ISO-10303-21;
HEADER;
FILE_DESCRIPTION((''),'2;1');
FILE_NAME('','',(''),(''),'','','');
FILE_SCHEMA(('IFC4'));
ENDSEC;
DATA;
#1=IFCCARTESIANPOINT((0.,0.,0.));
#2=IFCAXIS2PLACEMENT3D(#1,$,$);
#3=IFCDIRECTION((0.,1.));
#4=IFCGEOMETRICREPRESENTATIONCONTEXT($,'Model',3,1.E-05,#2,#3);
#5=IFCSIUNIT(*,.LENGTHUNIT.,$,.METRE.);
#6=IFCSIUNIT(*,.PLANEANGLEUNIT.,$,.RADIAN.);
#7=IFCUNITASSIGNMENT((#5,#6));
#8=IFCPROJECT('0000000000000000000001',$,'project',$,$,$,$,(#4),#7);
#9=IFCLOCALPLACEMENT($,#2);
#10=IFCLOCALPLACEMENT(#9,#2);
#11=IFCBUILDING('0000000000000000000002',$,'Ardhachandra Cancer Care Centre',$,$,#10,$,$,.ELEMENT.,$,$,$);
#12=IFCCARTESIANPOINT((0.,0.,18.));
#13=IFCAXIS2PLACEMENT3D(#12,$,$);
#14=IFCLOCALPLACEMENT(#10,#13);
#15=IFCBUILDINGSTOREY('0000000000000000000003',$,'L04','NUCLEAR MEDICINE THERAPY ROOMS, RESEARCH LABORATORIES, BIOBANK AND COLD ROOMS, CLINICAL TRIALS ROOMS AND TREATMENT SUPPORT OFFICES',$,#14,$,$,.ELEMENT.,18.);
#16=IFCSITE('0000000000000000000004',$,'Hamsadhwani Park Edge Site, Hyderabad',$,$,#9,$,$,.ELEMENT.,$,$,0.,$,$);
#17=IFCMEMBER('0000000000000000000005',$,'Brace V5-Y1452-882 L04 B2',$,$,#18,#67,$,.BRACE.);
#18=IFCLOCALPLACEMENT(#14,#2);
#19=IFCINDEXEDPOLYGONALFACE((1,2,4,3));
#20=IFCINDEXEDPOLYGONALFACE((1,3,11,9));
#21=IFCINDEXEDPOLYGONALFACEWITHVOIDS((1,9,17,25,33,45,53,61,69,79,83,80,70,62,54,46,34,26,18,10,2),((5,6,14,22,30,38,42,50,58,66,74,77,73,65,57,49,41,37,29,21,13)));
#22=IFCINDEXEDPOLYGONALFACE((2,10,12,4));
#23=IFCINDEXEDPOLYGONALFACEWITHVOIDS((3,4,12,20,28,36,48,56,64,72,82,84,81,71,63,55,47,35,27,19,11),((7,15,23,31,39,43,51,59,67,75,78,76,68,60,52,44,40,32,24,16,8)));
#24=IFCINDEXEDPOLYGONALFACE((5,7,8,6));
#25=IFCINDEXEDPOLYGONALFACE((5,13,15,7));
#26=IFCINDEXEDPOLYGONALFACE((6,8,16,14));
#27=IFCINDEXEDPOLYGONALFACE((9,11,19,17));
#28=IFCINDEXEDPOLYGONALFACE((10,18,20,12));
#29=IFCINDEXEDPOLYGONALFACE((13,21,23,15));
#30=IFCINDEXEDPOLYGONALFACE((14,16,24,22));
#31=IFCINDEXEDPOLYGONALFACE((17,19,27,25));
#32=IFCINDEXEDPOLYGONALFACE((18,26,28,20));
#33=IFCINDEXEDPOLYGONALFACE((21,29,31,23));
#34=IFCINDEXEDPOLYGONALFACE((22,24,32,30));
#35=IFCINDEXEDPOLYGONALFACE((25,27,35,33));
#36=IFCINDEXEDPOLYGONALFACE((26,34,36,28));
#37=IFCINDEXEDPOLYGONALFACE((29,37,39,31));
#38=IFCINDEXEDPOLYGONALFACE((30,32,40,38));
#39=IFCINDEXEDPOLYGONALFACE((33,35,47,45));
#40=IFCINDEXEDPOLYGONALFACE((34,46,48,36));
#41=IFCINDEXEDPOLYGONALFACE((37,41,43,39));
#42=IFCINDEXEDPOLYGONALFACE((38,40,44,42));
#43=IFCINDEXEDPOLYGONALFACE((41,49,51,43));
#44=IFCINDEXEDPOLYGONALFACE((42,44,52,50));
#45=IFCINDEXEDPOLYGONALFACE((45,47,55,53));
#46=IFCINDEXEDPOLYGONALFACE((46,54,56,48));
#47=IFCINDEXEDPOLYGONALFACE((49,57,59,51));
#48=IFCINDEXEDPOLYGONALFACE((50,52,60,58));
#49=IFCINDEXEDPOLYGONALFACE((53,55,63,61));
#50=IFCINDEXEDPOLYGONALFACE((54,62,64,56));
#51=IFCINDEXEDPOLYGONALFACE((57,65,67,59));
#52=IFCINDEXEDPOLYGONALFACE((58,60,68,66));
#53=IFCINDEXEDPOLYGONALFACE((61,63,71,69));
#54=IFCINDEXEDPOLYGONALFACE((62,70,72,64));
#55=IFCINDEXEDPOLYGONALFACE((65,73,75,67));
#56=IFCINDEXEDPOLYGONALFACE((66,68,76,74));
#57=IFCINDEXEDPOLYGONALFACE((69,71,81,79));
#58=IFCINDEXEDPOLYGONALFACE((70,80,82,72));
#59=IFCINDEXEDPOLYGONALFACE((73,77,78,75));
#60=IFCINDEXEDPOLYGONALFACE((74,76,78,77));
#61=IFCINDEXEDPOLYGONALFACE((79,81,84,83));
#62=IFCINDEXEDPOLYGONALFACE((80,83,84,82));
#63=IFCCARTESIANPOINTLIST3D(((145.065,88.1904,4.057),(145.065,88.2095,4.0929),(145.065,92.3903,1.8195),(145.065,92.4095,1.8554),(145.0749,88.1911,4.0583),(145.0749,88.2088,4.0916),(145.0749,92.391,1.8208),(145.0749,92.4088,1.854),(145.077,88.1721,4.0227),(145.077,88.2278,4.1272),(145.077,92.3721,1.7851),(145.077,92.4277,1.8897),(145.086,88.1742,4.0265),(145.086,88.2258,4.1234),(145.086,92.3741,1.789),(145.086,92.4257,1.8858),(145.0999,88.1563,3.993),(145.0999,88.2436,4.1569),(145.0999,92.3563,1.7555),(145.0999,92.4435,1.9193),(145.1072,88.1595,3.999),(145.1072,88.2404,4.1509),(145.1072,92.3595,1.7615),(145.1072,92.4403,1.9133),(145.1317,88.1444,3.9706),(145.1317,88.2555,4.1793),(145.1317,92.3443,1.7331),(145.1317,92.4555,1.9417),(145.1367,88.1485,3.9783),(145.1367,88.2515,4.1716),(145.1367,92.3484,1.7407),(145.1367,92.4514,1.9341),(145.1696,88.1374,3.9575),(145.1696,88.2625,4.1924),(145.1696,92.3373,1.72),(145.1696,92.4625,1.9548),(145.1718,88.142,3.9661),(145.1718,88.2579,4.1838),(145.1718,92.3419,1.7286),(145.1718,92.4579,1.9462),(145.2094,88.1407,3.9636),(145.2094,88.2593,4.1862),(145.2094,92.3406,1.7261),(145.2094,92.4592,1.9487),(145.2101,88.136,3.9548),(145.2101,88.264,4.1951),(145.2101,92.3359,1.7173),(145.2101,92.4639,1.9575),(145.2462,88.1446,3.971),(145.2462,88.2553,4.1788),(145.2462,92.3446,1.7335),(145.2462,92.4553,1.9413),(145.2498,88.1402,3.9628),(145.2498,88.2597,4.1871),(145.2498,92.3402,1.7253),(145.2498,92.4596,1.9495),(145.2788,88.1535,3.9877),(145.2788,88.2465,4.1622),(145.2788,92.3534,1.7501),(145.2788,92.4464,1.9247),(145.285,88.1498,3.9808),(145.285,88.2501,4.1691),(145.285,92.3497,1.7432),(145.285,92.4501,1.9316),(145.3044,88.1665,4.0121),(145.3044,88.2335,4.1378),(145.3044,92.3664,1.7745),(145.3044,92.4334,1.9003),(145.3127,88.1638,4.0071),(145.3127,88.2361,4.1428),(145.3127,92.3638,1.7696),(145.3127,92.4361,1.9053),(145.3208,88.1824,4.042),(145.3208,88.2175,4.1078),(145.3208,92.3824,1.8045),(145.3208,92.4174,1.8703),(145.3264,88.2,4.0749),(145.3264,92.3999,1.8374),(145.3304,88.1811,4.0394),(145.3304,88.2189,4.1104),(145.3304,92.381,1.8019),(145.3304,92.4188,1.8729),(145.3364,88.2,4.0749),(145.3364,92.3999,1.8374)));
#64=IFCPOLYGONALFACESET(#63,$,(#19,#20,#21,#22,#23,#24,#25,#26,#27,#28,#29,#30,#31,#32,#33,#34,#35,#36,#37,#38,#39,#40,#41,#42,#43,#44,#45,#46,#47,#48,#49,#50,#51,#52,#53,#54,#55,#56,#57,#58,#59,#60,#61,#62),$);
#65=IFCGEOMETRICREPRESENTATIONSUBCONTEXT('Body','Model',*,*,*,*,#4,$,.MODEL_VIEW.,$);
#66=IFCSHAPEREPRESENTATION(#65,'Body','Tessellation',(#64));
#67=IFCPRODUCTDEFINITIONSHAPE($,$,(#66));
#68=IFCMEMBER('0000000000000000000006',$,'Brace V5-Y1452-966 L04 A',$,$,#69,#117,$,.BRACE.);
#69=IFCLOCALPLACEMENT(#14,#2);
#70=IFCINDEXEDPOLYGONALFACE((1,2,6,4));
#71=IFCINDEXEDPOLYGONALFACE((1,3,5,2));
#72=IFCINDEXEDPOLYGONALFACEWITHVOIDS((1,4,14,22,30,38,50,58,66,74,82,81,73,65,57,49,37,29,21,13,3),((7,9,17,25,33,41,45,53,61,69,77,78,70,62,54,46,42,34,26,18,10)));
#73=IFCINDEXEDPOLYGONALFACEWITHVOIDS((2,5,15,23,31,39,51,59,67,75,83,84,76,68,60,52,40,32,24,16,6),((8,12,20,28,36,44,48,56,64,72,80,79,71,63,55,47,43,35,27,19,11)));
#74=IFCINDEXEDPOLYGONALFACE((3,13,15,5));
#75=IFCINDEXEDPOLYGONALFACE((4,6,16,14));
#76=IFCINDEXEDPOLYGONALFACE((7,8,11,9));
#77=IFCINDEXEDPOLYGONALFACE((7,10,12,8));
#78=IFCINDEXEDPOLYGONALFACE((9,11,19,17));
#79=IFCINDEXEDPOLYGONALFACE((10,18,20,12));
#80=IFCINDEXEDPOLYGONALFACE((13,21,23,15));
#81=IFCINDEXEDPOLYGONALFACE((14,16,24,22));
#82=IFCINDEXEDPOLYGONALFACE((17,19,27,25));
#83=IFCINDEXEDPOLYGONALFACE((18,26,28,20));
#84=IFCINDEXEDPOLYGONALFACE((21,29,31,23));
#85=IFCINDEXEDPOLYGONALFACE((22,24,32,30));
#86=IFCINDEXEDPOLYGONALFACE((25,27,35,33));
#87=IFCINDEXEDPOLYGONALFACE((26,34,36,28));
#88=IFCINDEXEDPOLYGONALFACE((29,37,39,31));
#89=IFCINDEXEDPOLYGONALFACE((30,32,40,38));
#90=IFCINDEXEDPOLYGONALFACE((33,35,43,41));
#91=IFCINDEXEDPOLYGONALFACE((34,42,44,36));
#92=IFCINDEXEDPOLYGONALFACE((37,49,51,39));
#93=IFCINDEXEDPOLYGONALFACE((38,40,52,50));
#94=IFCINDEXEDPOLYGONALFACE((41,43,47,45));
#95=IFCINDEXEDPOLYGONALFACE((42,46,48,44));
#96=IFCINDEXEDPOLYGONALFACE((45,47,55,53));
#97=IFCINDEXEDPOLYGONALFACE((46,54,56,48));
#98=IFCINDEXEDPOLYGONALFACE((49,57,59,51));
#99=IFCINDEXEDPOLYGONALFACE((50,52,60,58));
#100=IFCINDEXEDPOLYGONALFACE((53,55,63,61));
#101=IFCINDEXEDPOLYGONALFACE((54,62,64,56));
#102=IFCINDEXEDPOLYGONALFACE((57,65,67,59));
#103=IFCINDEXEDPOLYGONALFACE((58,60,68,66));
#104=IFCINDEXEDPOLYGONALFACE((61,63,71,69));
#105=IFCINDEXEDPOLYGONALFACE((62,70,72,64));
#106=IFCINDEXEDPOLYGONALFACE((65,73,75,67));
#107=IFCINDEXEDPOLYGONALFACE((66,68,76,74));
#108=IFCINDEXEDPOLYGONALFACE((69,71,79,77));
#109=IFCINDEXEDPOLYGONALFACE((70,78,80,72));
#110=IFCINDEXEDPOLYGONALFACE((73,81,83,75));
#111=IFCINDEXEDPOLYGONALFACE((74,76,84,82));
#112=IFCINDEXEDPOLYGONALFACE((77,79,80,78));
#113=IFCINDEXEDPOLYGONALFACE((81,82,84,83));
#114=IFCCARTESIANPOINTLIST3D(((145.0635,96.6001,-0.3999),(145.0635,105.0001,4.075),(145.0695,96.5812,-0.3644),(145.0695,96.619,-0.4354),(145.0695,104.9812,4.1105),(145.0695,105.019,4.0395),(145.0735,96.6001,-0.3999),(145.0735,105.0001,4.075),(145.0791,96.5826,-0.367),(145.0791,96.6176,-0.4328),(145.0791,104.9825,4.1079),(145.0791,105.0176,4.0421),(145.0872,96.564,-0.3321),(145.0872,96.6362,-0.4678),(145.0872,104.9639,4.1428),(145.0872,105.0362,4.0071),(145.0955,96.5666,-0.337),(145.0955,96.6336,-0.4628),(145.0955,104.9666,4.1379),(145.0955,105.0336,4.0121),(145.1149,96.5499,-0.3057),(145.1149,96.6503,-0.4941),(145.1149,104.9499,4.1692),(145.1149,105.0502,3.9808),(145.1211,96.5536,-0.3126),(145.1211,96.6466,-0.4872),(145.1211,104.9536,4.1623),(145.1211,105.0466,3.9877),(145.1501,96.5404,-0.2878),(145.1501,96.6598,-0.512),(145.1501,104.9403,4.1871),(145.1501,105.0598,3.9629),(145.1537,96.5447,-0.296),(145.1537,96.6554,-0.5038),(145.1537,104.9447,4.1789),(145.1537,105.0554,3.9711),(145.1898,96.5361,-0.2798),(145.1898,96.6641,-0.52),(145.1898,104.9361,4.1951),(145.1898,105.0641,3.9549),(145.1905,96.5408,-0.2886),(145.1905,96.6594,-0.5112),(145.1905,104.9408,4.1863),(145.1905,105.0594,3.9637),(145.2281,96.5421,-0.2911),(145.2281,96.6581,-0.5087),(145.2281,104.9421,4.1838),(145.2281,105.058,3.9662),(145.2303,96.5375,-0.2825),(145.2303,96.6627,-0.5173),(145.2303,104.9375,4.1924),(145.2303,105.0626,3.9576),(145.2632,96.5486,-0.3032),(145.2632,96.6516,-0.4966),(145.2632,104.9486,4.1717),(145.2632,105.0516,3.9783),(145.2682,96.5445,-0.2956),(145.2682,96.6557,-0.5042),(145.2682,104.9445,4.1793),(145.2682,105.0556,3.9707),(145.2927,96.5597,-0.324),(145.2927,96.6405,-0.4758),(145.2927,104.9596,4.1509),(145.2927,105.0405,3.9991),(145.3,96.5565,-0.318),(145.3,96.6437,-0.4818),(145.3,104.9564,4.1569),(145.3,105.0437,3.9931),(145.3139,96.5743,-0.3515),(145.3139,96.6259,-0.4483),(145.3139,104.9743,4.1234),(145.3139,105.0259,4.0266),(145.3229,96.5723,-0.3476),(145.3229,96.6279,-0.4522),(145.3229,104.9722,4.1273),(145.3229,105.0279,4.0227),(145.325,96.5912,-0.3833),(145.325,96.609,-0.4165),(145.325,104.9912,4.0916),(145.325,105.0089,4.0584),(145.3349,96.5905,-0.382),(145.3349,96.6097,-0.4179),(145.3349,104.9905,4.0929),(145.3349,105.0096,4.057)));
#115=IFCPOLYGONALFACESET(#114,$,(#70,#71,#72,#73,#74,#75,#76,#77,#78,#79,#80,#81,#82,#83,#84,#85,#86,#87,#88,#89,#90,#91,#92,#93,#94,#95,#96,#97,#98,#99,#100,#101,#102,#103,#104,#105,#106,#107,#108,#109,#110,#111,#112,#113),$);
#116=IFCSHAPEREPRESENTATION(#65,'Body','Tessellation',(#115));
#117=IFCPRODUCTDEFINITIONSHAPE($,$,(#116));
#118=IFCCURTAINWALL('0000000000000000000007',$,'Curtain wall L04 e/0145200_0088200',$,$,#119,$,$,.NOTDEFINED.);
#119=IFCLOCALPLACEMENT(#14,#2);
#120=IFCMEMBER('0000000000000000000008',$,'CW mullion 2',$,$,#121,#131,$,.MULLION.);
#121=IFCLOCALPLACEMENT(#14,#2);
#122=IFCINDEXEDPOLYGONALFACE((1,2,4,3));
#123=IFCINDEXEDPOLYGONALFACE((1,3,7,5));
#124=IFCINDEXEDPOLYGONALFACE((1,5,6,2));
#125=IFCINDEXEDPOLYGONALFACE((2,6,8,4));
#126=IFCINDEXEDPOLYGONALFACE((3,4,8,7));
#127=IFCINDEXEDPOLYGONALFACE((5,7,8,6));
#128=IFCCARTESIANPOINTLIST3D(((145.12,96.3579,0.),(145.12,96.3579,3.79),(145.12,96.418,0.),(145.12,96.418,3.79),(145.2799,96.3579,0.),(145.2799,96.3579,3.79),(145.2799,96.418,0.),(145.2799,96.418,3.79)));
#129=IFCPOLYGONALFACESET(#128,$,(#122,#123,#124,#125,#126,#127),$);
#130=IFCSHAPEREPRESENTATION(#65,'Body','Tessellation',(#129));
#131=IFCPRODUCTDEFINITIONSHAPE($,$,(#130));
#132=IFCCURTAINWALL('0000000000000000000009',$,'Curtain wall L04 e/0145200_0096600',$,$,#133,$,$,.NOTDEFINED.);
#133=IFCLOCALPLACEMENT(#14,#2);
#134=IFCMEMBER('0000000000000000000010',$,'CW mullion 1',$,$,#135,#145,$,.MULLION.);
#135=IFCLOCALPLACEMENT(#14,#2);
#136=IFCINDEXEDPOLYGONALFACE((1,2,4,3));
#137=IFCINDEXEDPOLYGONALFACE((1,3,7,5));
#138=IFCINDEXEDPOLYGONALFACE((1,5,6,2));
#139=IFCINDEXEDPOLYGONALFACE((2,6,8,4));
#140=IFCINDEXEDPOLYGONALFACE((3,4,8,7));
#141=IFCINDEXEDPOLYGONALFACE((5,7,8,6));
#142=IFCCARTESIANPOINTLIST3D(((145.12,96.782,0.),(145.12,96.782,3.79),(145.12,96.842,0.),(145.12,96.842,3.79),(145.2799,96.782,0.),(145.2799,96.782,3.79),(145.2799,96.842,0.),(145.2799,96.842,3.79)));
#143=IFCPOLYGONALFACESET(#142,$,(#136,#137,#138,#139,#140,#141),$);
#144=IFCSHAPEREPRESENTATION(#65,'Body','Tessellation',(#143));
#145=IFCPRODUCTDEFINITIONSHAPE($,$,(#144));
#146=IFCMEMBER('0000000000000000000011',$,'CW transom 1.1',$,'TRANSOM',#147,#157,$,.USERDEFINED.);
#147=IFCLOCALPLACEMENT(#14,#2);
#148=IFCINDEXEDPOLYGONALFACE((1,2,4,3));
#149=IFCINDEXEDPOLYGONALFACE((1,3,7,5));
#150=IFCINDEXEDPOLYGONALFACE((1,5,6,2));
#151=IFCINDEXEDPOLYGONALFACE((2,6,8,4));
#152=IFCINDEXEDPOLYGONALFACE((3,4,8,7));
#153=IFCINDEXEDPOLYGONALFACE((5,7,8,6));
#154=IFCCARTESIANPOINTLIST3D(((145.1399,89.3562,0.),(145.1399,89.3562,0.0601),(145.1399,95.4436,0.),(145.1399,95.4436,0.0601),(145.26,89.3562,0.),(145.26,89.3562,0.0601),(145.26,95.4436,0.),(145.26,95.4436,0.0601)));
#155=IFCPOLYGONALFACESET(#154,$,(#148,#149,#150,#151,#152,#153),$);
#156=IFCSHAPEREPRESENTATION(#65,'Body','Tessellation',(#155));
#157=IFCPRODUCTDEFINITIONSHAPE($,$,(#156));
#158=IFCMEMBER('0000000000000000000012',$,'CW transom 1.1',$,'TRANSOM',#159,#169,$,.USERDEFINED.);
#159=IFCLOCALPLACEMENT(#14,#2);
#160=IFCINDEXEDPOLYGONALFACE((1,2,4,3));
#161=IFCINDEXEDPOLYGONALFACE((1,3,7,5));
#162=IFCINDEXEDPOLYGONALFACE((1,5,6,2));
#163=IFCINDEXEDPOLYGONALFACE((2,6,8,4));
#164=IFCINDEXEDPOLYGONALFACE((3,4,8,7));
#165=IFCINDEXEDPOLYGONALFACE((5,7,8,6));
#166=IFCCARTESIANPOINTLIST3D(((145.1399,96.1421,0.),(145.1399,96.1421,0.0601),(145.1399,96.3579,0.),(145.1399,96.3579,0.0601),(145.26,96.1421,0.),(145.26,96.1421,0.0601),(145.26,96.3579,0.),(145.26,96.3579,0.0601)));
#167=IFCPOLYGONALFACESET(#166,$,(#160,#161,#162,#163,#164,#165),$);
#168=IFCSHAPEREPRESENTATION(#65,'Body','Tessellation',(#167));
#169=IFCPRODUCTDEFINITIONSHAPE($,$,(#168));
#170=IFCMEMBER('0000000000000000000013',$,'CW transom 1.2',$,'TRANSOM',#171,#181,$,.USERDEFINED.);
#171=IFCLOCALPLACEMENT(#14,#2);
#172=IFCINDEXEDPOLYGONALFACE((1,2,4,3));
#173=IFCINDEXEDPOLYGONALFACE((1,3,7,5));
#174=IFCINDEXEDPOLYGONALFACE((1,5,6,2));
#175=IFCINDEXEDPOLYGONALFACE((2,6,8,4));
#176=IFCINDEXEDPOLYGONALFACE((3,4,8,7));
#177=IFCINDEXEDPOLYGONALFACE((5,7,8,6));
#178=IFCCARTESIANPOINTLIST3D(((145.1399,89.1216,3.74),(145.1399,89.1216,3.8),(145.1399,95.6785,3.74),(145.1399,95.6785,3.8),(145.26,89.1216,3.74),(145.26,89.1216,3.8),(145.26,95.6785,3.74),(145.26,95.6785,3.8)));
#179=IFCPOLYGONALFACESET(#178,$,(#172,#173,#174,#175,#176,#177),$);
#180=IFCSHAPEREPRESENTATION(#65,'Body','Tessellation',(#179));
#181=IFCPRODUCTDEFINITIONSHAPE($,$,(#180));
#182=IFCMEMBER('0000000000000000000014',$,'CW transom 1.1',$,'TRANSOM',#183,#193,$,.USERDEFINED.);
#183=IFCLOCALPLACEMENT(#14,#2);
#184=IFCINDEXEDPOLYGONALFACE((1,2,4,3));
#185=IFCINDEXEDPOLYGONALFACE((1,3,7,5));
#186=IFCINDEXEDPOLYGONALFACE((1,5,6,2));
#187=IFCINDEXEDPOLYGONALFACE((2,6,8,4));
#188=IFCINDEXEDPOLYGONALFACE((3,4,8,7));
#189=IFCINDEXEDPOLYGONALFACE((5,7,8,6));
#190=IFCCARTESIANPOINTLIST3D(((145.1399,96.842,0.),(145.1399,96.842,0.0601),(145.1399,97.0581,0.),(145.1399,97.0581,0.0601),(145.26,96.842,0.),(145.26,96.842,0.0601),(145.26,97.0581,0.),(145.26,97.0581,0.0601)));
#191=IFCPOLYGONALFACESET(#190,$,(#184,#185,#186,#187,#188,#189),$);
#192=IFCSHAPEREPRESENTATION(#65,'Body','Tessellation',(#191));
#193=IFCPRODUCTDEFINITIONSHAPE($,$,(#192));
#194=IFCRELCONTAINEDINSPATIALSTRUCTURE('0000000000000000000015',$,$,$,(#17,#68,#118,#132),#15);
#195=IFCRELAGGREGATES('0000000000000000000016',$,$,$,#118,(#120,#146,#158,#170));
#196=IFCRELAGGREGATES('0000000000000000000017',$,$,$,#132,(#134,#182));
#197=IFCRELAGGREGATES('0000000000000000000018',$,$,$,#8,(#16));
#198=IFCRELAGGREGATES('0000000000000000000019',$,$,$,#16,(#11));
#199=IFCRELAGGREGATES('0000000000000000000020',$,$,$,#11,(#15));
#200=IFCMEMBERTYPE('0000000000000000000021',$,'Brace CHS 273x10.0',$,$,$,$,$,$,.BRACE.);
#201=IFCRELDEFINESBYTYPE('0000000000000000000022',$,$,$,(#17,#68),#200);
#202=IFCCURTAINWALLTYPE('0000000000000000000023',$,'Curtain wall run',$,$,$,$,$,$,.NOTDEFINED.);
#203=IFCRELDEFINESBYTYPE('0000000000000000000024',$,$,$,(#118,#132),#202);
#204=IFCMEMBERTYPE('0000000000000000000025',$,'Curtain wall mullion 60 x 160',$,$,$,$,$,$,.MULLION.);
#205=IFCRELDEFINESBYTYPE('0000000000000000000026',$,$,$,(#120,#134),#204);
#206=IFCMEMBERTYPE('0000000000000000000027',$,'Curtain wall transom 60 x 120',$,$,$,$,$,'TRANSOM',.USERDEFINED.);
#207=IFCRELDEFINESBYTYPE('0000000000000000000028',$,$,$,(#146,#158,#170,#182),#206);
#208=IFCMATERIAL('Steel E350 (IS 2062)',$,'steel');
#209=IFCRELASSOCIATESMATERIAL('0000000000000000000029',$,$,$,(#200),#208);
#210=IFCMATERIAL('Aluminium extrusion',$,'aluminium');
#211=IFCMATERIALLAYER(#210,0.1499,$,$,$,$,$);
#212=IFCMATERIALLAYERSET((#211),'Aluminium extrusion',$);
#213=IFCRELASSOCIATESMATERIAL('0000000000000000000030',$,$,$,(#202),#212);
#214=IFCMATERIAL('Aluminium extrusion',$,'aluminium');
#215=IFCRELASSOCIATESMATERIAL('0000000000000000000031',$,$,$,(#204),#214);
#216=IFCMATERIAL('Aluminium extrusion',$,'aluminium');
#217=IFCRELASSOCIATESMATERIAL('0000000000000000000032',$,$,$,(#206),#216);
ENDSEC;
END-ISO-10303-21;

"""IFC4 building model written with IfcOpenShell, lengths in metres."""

from ifc_helpers import new_model, si_unit, direction, frame, origin, origin_2d, place, context, subcontext, project, spatial, rectangle, hollow_circle, extrude, material, layer, layer_set, material_profile, profile_set, type_object, element, aggregate, save


model = new_model("IFC4")

# Units and contexts
model_context = context("Model", 3, precision=1e-05, world=origin(), true_north=direction((0.0, 1.0)))
body_context = subcontext(model_context, "Body", "Model", "MODEL_VIEW")
ifc_project = project(units=[si_unit("LENGTHUNIT", "METRE"), si_unit("PLANEANGLEUNIT", "RADIAN")], contexts=[model_context])

# Site, building, storey
site_placement = place(None, origin())
site = spatial("IfcSite", under=ifc_project, at=site_placement, Name="Hamsadhwani Park Edge Site, Hyderabad", CompositionType="ELEMENT", RefElevation=0.0)
building_placement = place(site_placement, origin())
building = spatial("IfcBuilding", under=site, at=building_placement, Name="Ardhachandra Cancer Care Centre", CompositionType="ELEMENT")
storey_placement = place(building_placement, frame((0.0, 0.0, 18.0)))
storey = spatial("IfcBuildingStorey", under=building, at=storey_placement, Name="L04", Description="NUCLEAR MEDICINE THERAPY ROOMS, RESEARCH LABORATORIES, BIOBANK AND COLD ROOMS, CLINICAL TRIALS ROOMS AND TREATMENT SUPPORT OFFICES", CompositionType="ELEMENT", Elevation=18.0)

# Members
ifc_material_1 = material(Name="Steel E350 (IS 2062)", Category="steel")
ifc_material_profile_1 = material_profile(ifc_material_1, hollow_circle(Radius=0.1365, WallThickness=0.01, at=origin_2d()), Name="CHS 273x10.0")
ifc_profile_set_1 = profile_set([ifc_material_profile_1], Name="Steel E350 (IS 2062)")
member_type_1 = type_object("IfcMemberType", Name="Brace CHS 273x10.0", PredefinedType="BRACE", material=ifc_profile_set_1)
for number, where, z_axis, x_axis, name in (
    (1, (145.2, 92.3999, 1.8374), (0.0, -0.882564, 0.470191), (1.0, 0.0, 0.0), "Brace V5-Y1452-882 L04 B2"),
):
    element("IfcMember", number, at=place(storey_placement, frame(where, z_axis=z_axis, x_axis=x_axis)), inside=storey, type_object=member_type_1, Name=name, PredefinedType="BRACE", context=body_context, shape_type="SweptSolid", body=[
        extrude(hollow_circle(Radius=0.1365, WallThickness=0.01, at=origin_2d()), origin(), (0.0, 0.0, 1.0), 4.7588),
    ])
member_1_placement = place(storey_placement, frame((145.2, 96.6001, -0.3999), z_axis=(0.0, 0.882575, 0.470171), x_axis=(-1.0, 0.0, 0.0)))
element("IfcMember", 2, at=member_1_placement, inside=storey, type_object=member_type_1, Name="Brace V5-Y1452-966 L04 A", PredefinedType="BRACE", context=body_context, shape_type="SweptSolid", body=[
    extrude(hollow_circle(Radius=0.1365, WallThickness=0.01, at=origin_2d()), origin(), (0.0, 0.0, 1.0), 9.5176),
])

# Curtain walls, members
ifc_material_2 = material(Name="Aluminium extrusion", Category="aluminium")
ifc_layer_1 = layer(ifc_material_2, 0.1499)
ifc_layer_set_1 = layer_set([ifc_layer_1], Name="Aluminium extrusion")
curtain_wall_type = type_object("IfcCurtainWallType", Name="Curtain wall run", PredefinedType="NOTDEFINED", material=ifc_layer_set_1)
curtain_wall_1_placement = place(storey_placement, origin())
curtain_wall_1 = element("IfcCurtainWall", 3, at=curtain_wall_1_placement, inside=storey, type_object=curtain_wall_type, Name="Curtain wall L04 e/0145200_0088200", PredefinedType="NOTDEFINED")
ifc_material_3 = material(Name="Aluminium extrusion", Category="aluminium")
ifc_material_profile_2 = material_profile(ifc_material_3, rectangle(XDim=0.1599, YDim=0.0601, at=origin_2d()), Name="Curtain wall mullion 60 x 160")
ifc_profile_set_2 = profile_set([ifc_material_profile_2], Name="Aluminium extrusion")
member_type_2 = type_object("IfcMemberType", Name="Curtain wall mullion 60 x 160", PredefinedType="MULLION", material=ifc_profile_set_2)
member_2_placement = place(storey_placement, frame((145.2, 96.3879, 0.0), z_axis=(0.0, 0.0, 1.0), x_axis=(-1.0, 0.0, 0.0)))
member_2 = element("IfcMember", 4, at=member_2_placement, type_object=member_type_2, Name="CW mullion 2", PredefinedType="MULLION", context=body_context, shape_type="SweptSolid", body=[
    extrude(rectangle(XDim=0.1599, YDim=0.0601, at=origin_2d()), origin(), (0.0, 0.0, 1.0), 3.79),
])
curtain_wall_2_placement = place(storey_placement, origin())
curtain_wall_2 = element("IfcCurtainWall", 5, at=curtain_wall_2_placement, inside=storey, type_object=curtain_wall_type, Name="Curtain wall L04 e/0145200_0096600", PredefinedType="NOTDEFINED")
member_3_placement = place(storey_placement, frame((145.2, 96.812, 0.0), z_axis=(0.0, 0.0, 1.0), x_axis=(-1.0, 0.0, 0.0)))
member_3 = element("IfcMember", 6, at=member_3_placement, type_object=member_type_2, Name="CW mullion 1", PredefinedType="MULLION", context=body_context, shape_type="SweptSolid", body=[
    extrude(rectangle(XDim=0.1599, YDim=0.0601, at=origin_2d()), origin(), (0.0, 0.0, 1.0), 3.79),
])

# Members
ifc_material_4 = material(Name="Aluminium extrusion", Category="aluminium")
ifc_material_profile_3 = material_profile(ifc_material_4, rectangle(XDim=0.1201, YDim=0.0601, at=origin_2d()), Name="Curtain wall transom 60 x 120")
ifc_profile_set_3 = profile_set([ifc_material_profile_3], Name="Aluminium extrusion")
member_type_3 = type_object("IfcMemberType", Name="Curtain wall transom 60 x 120", ElementType="TRANSOM", PredefinedType="USERDEFINED", material=ifc_profile_set_3)
member_4_placement = place(storey_placement, frame((145.2, 89.3562, 0.03), z_axis=(0.0, 1.0, 0.0), x_axis=(-1.0, 0.0, 0.0)))
member_4 = element("IfcMember", 7, at=member_4_placement, type_object=member_type_3, Name="CW transom 1.1", ObjectType="TRANSOM", PredefinedType="USERDEFINED", context=body_context, shape_type="SweptSolid", body=[
    extrude(rectangle(XDim=0.1201, YDim=0.0601, at=origin_2d()), origin(), (0.0, 0.0, 1.0), 6.0874),
])
member_5_placement = place(storey_placement, frame((145.2, 96.1421, 0.03), z_axis=(0.0, 1.0, 0.0), x_axis=(-1.0, 0.0, 0.0)))
member_5 = element("IfcMember", 8, at=member_5_placement, type_object=member_type_3, Name="CW transom 1.1", ObjectType="TRANSOM", PredefinedType="USERDEFINED", context=body_context, shape_type="SweptSolid", body=[
    extrude(rectangle(XDim=0.1201, YDim=0.0601, at=origin_2d()), origin(), (0.0, 0.0, 1.0), 0.2158),
])
member_6_placement = place(storey_placement, frame((145.2, 89.1216, 3.77), z_axis=(0.0, 1.0, 0.0), x_axis=(-1.0, 0.0, 0.0)))
member_6 = element("IfcMember", 9, at=member_6_placement, type_object=member_type_3, Name="CW transom 1.2", ObjectType="TRANSOM", PredefinedType="USERDEFINED", context=body_context, shape_type="SweptSolid", body=[
    extrude(rectangle(XDim=0.1201, YDim=0.0601, at=origin_2d()), origin(), (0.0, 0.0, 1.0), 6.5569),
])
member_7_placement = place(storey_placement, frame((145.2, 96.842, 0.03), z_axis=(0.0, 1.0, 0.0), x_axis=(-1.0, 0.0, 0.0)))
member_7 = element("IfcMember", 10, at=member_7_placement, type_object=member_type_3, Name="CW transom 1.1", ObjectType="TRANSOM", PredefinedType="USERDEFINED", context=body_context, shape_type="SweptSolid", body=[
    extrude(rectangle(XDim=0.1201, YDim=0.0601, at=origin_2d()), origin(), (0.0, 0.0, 1.0), 0.2161),
])

aggregate(curtain_wall_1, [member_2, member_4, member_5, member_6])
aggregate(curtain_wall_2, [member_3, member_7])

save(model, "model.ifc")
